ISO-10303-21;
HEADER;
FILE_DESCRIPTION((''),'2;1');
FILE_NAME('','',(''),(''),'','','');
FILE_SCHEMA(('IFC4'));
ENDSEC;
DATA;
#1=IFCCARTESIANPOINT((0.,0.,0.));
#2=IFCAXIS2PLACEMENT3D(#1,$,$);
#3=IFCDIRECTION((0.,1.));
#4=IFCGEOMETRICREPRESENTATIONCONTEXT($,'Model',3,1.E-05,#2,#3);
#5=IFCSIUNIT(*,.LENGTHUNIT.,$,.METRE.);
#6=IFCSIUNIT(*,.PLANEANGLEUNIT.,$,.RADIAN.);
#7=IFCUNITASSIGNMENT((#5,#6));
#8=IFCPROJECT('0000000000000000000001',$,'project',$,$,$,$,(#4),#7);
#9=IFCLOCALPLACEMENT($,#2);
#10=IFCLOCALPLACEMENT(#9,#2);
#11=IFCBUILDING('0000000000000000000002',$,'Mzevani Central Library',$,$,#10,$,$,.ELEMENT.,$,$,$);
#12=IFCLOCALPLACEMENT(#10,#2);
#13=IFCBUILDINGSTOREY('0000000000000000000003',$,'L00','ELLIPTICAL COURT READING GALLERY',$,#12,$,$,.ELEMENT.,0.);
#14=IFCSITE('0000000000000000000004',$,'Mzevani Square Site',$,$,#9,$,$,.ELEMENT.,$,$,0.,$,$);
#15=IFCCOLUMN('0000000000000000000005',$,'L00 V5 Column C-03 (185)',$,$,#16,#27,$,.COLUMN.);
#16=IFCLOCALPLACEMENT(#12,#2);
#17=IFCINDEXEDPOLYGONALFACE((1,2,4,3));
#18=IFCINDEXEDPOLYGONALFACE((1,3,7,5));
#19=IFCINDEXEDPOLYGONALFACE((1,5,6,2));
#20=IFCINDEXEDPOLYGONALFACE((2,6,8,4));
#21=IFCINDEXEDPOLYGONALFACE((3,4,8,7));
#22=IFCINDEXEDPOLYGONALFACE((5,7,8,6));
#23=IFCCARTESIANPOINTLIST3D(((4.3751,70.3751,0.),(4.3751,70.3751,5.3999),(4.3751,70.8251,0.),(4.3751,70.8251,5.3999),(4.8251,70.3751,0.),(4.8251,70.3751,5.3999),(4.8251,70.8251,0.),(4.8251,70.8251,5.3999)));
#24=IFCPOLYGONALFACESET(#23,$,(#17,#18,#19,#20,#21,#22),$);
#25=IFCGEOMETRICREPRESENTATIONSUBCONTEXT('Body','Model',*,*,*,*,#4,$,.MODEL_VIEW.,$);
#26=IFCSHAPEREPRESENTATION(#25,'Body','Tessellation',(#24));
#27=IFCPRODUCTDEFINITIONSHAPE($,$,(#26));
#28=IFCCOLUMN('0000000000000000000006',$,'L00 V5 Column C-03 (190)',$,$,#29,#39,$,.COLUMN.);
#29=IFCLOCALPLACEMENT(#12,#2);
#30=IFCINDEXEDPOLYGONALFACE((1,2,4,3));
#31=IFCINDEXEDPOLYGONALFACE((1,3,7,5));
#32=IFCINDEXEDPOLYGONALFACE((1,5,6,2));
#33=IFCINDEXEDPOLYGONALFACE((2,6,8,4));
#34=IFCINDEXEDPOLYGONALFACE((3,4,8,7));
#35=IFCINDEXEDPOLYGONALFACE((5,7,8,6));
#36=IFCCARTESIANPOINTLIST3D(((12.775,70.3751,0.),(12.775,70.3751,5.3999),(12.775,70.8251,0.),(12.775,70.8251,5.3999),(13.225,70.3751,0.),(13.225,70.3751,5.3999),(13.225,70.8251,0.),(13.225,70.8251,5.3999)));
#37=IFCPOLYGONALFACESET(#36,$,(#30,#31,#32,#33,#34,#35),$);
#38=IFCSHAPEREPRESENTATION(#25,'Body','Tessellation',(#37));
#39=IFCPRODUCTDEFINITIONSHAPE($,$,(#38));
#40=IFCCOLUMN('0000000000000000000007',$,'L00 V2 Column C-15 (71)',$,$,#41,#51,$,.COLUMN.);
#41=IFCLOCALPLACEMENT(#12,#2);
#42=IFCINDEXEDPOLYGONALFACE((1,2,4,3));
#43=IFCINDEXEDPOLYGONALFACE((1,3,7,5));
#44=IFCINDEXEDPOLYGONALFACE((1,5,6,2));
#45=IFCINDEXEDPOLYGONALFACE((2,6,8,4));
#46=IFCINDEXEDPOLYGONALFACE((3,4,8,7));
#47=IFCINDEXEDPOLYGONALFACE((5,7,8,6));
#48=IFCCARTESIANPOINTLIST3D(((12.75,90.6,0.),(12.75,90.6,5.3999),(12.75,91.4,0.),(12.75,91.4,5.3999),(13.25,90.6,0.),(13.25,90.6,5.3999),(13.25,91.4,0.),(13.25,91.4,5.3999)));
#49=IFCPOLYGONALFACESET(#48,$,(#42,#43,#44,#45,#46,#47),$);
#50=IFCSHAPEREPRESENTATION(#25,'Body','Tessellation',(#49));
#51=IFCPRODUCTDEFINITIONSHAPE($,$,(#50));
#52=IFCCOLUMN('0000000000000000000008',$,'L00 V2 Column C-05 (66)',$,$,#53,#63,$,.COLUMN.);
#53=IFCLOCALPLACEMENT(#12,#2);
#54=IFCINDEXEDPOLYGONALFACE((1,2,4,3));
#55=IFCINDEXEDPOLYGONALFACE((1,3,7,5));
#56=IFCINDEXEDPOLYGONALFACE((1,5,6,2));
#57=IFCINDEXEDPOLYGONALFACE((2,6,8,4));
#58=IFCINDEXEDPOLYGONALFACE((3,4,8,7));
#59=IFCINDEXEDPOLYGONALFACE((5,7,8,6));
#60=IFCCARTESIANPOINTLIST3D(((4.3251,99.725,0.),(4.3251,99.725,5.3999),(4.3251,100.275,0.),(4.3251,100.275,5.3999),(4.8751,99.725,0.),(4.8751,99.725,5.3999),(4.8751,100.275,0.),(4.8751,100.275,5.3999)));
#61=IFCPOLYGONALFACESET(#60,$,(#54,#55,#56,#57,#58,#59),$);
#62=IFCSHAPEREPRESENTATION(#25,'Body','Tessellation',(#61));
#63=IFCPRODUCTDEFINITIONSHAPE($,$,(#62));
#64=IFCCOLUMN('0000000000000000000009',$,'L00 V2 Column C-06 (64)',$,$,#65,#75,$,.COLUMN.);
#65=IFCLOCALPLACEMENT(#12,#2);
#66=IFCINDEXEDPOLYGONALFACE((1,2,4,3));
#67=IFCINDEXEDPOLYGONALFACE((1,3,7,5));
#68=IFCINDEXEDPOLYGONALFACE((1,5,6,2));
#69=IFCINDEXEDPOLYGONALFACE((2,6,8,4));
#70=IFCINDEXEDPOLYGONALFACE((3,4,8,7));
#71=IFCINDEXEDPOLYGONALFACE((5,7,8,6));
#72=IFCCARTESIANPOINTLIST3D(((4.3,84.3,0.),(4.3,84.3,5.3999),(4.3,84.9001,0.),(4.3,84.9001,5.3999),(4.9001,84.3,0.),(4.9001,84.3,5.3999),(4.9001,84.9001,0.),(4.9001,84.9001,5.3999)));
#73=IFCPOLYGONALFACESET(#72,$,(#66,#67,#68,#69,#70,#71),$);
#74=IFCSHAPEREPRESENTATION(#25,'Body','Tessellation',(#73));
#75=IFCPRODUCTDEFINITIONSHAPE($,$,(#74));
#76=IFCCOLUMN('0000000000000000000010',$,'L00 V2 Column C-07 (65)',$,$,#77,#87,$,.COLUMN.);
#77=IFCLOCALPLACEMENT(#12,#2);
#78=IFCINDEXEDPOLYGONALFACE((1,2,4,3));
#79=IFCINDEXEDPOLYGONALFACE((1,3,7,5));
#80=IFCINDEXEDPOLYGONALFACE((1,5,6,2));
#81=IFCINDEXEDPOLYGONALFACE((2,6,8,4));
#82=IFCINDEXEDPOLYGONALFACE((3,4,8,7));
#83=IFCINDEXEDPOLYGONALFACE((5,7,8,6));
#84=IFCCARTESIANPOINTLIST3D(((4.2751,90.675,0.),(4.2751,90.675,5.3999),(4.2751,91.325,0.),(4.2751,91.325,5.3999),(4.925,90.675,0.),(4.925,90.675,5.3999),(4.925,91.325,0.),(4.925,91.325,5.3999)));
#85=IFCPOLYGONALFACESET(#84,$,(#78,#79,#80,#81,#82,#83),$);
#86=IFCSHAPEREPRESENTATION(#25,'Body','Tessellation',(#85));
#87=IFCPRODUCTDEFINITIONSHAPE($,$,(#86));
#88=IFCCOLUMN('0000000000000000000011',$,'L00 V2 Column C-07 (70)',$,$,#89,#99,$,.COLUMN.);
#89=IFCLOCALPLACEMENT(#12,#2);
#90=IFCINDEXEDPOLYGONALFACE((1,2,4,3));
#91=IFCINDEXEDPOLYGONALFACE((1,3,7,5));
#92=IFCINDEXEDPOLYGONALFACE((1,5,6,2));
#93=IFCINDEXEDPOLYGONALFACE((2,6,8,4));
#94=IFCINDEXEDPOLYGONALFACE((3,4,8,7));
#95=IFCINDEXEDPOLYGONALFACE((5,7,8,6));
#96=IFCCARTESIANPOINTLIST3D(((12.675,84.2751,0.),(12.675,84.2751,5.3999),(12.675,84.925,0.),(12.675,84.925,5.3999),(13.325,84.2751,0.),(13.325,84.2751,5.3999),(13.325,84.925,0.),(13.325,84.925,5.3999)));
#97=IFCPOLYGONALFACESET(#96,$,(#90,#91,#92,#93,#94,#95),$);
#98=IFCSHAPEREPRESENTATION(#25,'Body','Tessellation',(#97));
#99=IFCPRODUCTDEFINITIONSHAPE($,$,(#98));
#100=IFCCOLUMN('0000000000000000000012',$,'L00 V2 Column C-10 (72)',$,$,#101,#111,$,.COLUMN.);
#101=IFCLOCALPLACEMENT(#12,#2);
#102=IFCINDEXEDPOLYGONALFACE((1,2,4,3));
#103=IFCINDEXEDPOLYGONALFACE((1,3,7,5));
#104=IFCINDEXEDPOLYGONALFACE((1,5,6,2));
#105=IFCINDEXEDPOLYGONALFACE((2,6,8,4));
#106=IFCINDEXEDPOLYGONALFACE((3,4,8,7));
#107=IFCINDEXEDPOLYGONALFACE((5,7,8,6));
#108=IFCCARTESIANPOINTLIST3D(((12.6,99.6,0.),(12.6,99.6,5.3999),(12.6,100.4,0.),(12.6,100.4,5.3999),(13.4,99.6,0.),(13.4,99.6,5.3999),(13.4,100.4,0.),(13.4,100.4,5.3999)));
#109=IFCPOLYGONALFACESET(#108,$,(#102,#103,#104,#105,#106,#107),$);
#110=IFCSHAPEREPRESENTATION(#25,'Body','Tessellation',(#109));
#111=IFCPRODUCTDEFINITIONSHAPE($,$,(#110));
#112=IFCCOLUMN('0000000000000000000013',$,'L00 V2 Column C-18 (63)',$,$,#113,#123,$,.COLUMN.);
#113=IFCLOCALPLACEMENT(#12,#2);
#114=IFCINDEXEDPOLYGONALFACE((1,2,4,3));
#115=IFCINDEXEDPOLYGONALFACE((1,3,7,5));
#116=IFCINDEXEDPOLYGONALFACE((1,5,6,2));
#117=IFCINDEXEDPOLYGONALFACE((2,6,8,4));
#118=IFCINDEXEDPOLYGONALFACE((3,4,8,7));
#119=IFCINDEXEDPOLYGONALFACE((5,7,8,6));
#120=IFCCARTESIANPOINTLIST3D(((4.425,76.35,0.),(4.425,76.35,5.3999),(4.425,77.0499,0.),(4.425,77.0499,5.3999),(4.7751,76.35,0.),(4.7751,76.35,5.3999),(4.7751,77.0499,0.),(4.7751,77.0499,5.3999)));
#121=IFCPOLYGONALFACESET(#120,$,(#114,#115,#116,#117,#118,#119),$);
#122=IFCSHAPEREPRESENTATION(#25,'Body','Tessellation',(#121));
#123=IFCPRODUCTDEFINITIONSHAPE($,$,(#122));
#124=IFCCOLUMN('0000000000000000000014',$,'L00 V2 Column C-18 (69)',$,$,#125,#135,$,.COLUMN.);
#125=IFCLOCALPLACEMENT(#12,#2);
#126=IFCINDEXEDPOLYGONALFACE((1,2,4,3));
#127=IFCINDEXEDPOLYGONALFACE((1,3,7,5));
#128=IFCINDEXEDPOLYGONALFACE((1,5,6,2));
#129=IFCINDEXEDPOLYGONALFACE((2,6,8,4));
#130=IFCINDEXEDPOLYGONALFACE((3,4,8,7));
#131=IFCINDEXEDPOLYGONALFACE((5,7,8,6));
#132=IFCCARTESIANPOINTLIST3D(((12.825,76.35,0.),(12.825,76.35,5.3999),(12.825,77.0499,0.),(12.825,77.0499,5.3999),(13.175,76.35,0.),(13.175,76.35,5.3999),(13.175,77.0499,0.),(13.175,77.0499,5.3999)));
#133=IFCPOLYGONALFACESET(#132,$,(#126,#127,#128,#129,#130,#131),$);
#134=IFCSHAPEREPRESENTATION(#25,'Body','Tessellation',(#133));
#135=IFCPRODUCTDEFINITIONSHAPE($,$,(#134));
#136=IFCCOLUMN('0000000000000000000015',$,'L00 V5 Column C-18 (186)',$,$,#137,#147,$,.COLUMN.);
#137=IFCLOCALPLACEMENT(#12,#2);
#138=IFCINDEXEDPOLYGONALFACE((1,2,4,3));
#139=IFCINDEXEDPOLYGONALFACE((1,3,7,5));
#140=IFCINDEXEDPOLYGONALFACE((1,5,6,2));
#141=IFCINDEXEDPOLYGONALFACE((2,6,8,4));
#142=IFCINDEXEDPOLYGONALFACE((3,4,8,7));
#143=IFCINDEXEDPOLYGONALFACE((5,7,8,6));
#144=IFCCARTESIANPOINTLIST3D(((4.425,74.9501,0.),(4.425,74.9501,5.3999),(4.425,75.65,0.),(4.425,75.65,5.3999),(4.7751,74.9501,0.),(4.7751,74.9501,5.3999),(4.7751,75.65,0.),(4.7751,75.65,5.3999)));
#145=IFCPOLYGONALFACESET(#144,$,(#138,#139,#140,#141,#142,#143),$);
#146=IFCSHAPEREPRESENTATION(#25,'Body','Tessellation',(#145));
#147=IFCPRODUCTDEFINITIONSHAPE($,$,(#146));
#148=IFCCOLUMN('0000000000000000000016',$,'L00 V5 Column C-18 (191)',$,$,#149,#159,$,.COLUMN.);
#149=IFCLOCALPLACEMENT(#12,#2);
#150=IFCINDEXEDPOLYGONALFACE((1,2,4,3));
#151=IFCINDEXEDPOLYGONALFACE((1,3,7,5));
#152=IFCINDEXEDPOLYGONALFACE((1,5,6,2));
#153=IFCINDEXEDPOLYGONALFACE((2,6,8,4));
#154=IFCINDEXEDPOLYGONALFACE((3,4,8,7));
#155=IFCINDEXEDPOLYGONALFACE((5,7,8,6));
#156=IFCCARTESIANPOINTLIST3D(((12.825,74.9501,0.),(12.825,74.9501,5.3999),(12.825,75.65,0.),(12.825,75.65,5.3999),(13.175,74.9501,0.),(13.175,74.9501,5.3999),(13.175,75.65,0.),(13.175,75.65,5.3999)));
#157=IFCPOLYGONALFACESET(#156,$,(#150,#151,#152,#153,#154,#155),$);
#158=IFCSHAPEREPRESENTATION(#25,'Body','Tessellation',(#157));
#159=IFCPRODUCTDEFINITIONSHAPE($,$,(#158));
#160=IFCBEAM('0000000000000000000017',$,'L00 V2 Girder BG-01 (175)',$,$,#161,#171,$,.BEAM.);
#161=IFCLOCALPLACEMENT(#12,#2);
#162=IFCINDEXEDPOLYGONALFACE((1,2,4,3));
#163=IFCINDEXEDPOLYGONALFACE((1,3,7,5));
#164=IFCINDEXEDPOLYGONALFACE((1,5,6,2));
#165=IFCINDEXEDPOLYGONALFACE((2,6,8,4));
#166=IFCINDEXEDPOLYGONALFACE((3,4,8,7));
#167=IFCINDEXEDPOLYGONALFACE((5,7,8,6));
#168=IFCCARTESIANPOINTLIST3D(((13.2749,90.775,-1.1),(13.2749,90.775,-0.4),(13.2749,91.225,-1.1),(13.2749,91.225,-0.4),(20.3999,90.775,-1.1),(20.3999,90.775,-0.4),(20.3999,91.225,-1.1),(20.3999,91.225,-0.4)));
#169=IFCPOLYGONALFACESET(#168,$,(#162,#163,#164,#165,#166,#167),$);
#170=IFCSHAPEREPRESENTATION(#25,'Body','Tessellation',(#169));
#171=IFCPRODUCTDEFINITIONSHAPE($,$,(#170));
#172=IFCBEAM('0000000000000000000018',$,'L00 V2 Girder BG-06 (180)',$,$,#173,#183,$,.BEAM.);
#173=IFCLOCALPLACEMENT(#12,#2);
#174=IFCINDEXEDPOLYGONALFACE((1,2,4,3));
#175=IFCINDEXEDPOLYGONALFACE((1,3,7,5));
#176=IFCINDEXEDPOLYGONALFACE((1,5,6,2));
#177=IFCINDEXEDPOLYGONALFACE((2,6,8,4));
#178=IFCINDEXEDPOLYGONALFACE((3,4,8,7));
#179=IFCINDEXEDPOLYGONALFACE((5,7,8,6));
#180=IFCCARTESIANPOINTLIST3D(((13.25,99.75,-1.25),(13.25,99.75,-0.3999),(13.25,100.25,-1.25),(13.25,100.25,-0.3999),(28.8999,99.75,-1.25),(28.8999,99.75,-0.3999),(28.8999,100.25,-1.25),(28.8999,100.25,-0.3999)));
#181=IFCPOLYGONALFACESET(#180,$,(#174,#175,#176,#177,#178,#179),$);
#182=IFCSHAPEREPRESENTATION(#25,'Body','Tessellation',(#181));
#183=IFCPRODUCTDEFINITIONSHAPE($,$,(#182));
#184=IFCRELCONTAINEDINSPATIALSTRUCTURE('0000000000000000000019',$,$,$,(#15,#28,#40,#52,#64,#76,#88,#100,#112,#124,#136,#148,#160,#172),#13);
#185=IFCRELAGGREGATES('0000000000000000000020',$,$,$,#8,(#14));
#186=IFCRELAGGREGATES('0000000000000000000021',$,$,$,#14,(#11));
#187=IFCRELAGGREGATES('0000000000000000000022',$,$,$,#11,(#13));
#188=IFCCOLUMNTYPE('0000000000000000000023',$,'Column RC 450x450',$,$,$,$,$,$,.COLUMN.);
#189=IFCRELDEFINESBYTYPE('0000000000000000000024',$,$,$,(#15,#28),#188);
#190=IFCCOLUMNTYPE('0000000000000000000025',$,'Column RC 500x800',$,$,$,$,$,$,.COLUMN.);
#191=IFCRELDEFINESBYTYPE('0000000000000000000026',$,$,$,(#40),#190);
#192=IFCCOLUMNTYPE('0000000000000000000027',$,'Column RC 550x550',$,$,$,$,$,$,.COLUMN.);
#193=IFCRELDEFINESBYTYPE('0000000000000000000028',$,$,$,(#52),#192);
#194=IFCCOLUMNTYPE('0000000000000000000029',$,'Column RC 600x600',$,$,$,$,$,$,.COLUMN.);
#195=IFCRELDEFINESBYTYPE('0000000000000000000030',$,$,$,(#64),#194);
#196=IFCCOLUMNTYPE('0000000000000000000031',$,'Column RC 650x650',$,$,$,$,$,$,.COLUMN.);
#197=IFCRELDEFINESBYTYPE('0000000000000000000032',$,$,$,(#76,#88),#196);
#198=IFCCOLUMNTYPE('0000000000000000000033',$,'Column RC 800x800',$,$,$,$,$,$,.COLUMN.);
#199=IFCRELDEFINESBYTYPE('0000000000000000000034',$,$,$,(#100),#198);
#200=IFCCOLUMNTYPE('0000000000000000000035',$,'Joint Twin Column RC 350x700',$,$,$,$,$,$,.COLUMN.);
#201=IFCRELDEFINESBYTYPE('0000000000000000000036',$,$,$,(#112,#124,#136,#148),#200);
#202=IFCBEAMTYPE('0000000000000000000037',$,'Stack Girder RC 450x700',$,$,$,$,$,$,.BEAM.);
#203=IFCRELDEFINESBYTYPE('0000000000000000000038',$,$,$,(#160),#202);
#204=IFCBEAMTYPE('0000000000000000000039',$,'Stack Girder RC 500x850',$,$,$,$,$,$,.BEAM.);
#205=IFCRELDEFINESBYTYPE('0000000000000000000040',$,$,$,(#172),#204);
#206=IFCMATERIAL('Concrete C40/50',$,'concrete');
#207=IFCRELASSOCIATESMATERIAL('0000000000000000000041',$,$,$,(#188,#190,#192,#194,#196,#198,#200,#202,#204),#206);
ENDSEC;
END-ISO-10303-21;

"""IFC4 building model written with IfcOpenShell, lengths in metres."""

from ifc_helpers import new_model, si_unit, direction, frame, origin, origin_2d, place, context, subcontext, project, spatial, rectangle, extrude, material, material_profile, profile_set, type_object, element, save


model = new_model("IFC4")

# Units and contexts
model_context = context("Model", 3, precision=1e-05, world=origin(), true_north=direction((0.0, 1.0)))
body_context = subcontext(model_context, "Body", "Model", "MODEL_VIEW")
ifc_project = project(units=[si_unit("LENGTHUNIT", "METRE"), si_unit("PLANEANGLEUNIT", "RADIAN")], contexts=[model_context])

# Site, building, storey
site_placement = place(None, origin())
site = spatial("IfcSite", under=ifc_project, at=site_placement, Name="Mzevani Square Site", CompositionType="ELEMENT", RefElevation=0.0)
building_placement = place(site_placement, origin())
building = spatial("IfcBuilding", under=site, at=building_placement, Name="Mzevani Central Library", CompositionType="ELEMENT")
storey_placement = place(building_placement, origin())
storey = spatial("IfcBuildingStorey", under=building, at=storey_placement, Name="L00", Description="ELLIPTICAL COURT READING GALLERY", CompositionType="ELEMENT", Elevation=0.0)

# Columns
ifc_material_1 = material(Name="Concrete C40/50", Category="concrete")
ifc_material_profile_1 = material_profile(ifc_material_1, rectangle(XDim=0.45, YDim=0.45, at=origin_2d()), Name="RC 450x450")
ifc_profile_set_1 = profile_set([ifc_material_profile_1], Name="Concrete C40/50")
column_type_1 = type_object("IfcColumnType", Name="Column RC 450x450", PredefinedType="COLUMN", material=ifc_profile_set_1)
for number, where, z_axis, x_axis, name in (
    (1, (4.6001, 70.6001, 0.0), (0.0, 0.0, 1.0), (1.0, 0.0, 0.0), "L00 V5 Column C-03 (185)"),
    (2, (13.0, 70.6001, 0.0), (0.0, 0.0, 1.0), (1.0, 0.0, 0.0), "L00 V5 Column C-03 (190)"),
):
    element("IfcColumn", number, at=place(storey_placement, frame(where, z_axis=z_axis, x_axis=x_axis)), inside=storey, type_object=column_type_1, Name=name, PredefinedType="COLUMN", context=body_context, shape_type="SweptSolid", body=[
        extrude(rectangle(XDim=0.45, YDim=0.45, at=origin_2d()), origin(), (0.0, 0.0, 1.0), 5.3999),
    ])
ifc_material_profile_2 = material_profile(ifc_material_1, rectangle(XDim=0.5, YDim=0.8, at=origin_2d()), Name="RC 500x800")
ifc_profile_set_2 = profile_set([ifc_material_profile_2], Name="Concrete C40/50")
column_type_2 = type_object("IfcColumnType", Name="Column RC 500x800", PredefinedType="COLUMN", material=ifc_profile_set_2)
column_1_placement = place(storey_placement, frame((13.0, 91.0, 0.0), z_axis=(0.0, 0.0, 1.0), x_axis=(1.0, 0.0, 0.0)))
element("IfcColumn", 3, at=column_1_placement, inside=storey, type_object=column_type_2, Name="L00 V2 Column C-15 (71)", PredefinedType="COLUMN", context=body_context, shape_type="SweptSolid", body=[
    extrude(rectangle(XDim=0.5, YDim=0.8, at=origin_2d()), origin(), (0.0, 0.0, 1.0), 5.3999),
])
ifc_material_profile_3 = material_profile(ifc_material_1, rectangle(XDim=0.55, YDim=0.55, at=origin_2d()), Name="RC 550x550")
ifc_profile_set_3 = profile_set([ifc_material_profile_3], Name="Concrete C40/50")
column_type_3 = type_object("IfcColumnType", Name="Column RC 550x550", PredefinedType="COLUMN", material=ifc_profile_set_3)
column_2_placement = place(storey_placement, frame((4.6001, 100.0, 0.0), z_axis=(0.0, 0.0, 1.0), x_axis=(1.0, 0.0, 0.0)))
element("IfcColumn", 4, at=column_2_placement, inside=storey, type_object=column_type_3, Name="L00 V2 Column C-05 (66)", PredefinedType="COLUMN", context=body_context, shape_type="SweptSolid", body=[
    extrude(rectangle(XDim=0.55, YDim=0.55, at=origin_2d()), origin(), (0.0, 0.0, 1.0), 5.3999),
])
ifc_material_profile_4 = material_profile(ifc_material_1, rectangle(XDim=0.6001, YDim=0.6001, at=origin_2d()), Name="RC 600x600")
ifc_profile_set_4 = profile_set([ifc_material_profile_4], Name="Concrete C40/50")
column_type_4 = type_object("IfcColumnType", Name="Column RC 600x600", PredefinedType="COLUMN", material=ifc_profile_set_4)
column_3_placement = place(storey_placement, frame((4.6001, 84.6001, 0.0), z_axis=(0.0, 0.0, 1.0), x_axis=(1.0, 0.0, 0.0)))
element("IfcColumn", 5, at=column_3_placement, inside=storey, type_object=column_type_4, Name="L00 V2 Column C-06 (64)", PredefinedType="COLUMN", context=body_context, shape_type="SweptSolid", body=[
    extrude(rectangle(XDim=0.6001, YDim=0.6001, at=origin_2d()), origin(), (0.0, 0.0, 1.0), 5.3999),
])
ifc_material_profile_5 = material_profile(ifc_material_1, rectangle(XDim=0.6499, YDim=0.6499, at=origin_2d()), Name="RC 650x650")
ifc_profile_set_5 = profile_set([ifc_material_profile_5], Name="Concrete C40/50")
column_type_5 = type_object("IfcColumnType", Name="Column RC 650x650", PredefinedType="COLUMN", material=ifc_profile_set_5)
for number, where, z_axis, x_axis, name in (
    (6, (4.6001, 91.0, 0.0), (0.0, 0.0, 1.0), (1.0, 0.0, 0.0), "L00 V2 Column C-07 (65)"),
    (7, (13.0, 84.6001, 0.0), (0.0, 0.0, 1.0), (1.0, 0.0, 0.0), "L00 V2 Column C-07 (70)"),
):
    element("IfcColumn", number, at=place(storey_placement, frame(where, z_axis=z_axis, x_axis=x_axis)), inside=storey, type_object=column_type_5, Name=name, PredefinedType="COLUMN", context=body_context, shape_type="SweptSolid", body=[
        extrude(rectangle(XDim=0.6499, YDim=0.6499, at=origin_2d()), origin(), (0.0, 0.0, 1.0), 5.3999),
    ])
ifc_material_profile_6 = material_profile(ifc_material_1, rectangle(XDim=0.8, YDim=0.8, at=origin_2d()), Name="RC 800x800")
ifc_profile_set_6 = profile_set([ifc_material_profile_6], Name="Concrete C40/50")
column_type_6 = type_object("IfcColumnType", Name="Column RC 800x800", PredefinedType="COLUMN", material=ifc_profile_set_6)
column_4_placement = place(storey_placement, frame((13.0, 100.0, 0.0), z_axis=(0.0, 0.0, 1.0), x_axis=(1.0, 0.0, 0.0)))
element("IfcColumn", 8, at=column_4_placement, inside=storey, type_object=column_type_6, Name="L00 V2 Column C-10 (72)", PredefinedType="COLUMN", context=body_context, shape_type="SweptSolid", body=[
    extrude(rectangle(XDim=0.8, YDim=0.8, at=origin_2d()), origin(), (0.0, 0.0, 1.0), 5.3999),
])
ifc_material_profile_7 = material_profile(ifc_material_1, rectangle(XDim=0.3501, YDim=0.7, at=origin_2d()), Name="RC 350x700")
ifc_profile_set_7 = profile_set([ifc_material_profile_7], Name="Concrete C40/50")
column_type_7 = type_object("IfcColumnType", Name="Joint Twin Column RC 350x700", PredefinedType="COLUMN", material=ifc_profile_set_7)
for number, where, z_axis, x_axis, name in (
    (9, (4.6001, 76.7, 0.0), (0.0, 0.0, 1.0), (1.0, 0.0, 0.0), "L00 V2 Column C-18 (63)"),
    (10, (13.0, 76.7, 0.0), (0.0, 0.0, 1.0), (1.0, 0.0, 0.0), "L00 V2 Column C-18 (69)"),
    (11, (4.6001, 75.3, 0.0), (0.0, 0.0, 1.0), (1.0, 0.0, 0.0), "L00 V5 Column C-18 (186)"),
    (12, (13.0, 75.3, 0.0), (0.0, 0.0, 1.0), (1.0, 0.0, 0.0), "L00 V5 Column C-18 (191)"),
):
    element("IfcColumn", number, at=place(storey_placement, frame(where, z_axis=z_axis, x_axis=x_axis)), inside=storey, type_object=column_type_7, Name=name, PredefinedType="COLUMN", context=body_context, shape_type="SweptSolid", body=[
        extrude(rectangle(XDim=0.3501, YDim=0.7, at=origin_2d()), origin(), (0.0, 0.0, 1.0), 5.3999),
    ])

# Beams
ifc_material_profile_8 = material_profile(ifc_material_1, rectangle(XDim=0.45, YDim=0.7, at=origin_2d()), Name="RC B450x700")
ifc_profile_set_8 = profile_set([ifc_material_profile_8], Name="Concrete C40/50")
beam_type_1 = type_object("IfcBeamType", Name="Stack Girder RC 450x700", PredefinedType="BEAM", material=ifc_profile_set_8)
beam_1_placement = place(storey_placement, frame((13.2749, 91.0, -0.75), z_axis=(1.0, 0.0, 0.0), x_axis=(0.0, 1.0, 0.0)))
element("IfcBeam", 13, at=beam_1_placement, inside=storey, type_object=beam_type_1, Name="L00 V2 Girder BG-01 (175)", PredefinedType="BEAM", context=body_context, shape_type="SweptSolid", body=[
    extrude(rectangle(XDim=0.45, YDim=0.7, at=origin_2d()), origin(), (0.0, 0.0, 1.0), 7.125),
])
ifc_material_profile_9 = material_profile(ifc_material_1, rectangle(XDim=0.5, YDim=0.8501, at=origin_2d()), Name="RC B500x850")
ifc_profile_set_9 = profile_set([ifc_material_profile_9], Name="Concrete C40/50")
beam_type_2 = type_object("IfcBeamType", Name="Stack Girder RC 500x850", PredefinedType="BEAM", material=ifc_profile_set_9)
beam_2_placement = place(storey_placement, frame((13.25, 100.0, -0.825), z_axis=(1.0, 0.0, 0.0), x_axis=(0.0, 1.0, 0.0)))
element("IfcBeam", 14, at=beam_2_placement, inside=storey, type_object=beam_type_2, Name="L00 V2 Girder BG-06 (180)", PredefinedType="BEAM", context=body_context, shape_type="SweptSolid", body=[
    extrude(rectangle(XDim=0.5, YDim=0.8501, at=origin_2d()), origin(), (0.0, 0.0, 1.0), 15.6499),
])

save(model, "model.ifc")
